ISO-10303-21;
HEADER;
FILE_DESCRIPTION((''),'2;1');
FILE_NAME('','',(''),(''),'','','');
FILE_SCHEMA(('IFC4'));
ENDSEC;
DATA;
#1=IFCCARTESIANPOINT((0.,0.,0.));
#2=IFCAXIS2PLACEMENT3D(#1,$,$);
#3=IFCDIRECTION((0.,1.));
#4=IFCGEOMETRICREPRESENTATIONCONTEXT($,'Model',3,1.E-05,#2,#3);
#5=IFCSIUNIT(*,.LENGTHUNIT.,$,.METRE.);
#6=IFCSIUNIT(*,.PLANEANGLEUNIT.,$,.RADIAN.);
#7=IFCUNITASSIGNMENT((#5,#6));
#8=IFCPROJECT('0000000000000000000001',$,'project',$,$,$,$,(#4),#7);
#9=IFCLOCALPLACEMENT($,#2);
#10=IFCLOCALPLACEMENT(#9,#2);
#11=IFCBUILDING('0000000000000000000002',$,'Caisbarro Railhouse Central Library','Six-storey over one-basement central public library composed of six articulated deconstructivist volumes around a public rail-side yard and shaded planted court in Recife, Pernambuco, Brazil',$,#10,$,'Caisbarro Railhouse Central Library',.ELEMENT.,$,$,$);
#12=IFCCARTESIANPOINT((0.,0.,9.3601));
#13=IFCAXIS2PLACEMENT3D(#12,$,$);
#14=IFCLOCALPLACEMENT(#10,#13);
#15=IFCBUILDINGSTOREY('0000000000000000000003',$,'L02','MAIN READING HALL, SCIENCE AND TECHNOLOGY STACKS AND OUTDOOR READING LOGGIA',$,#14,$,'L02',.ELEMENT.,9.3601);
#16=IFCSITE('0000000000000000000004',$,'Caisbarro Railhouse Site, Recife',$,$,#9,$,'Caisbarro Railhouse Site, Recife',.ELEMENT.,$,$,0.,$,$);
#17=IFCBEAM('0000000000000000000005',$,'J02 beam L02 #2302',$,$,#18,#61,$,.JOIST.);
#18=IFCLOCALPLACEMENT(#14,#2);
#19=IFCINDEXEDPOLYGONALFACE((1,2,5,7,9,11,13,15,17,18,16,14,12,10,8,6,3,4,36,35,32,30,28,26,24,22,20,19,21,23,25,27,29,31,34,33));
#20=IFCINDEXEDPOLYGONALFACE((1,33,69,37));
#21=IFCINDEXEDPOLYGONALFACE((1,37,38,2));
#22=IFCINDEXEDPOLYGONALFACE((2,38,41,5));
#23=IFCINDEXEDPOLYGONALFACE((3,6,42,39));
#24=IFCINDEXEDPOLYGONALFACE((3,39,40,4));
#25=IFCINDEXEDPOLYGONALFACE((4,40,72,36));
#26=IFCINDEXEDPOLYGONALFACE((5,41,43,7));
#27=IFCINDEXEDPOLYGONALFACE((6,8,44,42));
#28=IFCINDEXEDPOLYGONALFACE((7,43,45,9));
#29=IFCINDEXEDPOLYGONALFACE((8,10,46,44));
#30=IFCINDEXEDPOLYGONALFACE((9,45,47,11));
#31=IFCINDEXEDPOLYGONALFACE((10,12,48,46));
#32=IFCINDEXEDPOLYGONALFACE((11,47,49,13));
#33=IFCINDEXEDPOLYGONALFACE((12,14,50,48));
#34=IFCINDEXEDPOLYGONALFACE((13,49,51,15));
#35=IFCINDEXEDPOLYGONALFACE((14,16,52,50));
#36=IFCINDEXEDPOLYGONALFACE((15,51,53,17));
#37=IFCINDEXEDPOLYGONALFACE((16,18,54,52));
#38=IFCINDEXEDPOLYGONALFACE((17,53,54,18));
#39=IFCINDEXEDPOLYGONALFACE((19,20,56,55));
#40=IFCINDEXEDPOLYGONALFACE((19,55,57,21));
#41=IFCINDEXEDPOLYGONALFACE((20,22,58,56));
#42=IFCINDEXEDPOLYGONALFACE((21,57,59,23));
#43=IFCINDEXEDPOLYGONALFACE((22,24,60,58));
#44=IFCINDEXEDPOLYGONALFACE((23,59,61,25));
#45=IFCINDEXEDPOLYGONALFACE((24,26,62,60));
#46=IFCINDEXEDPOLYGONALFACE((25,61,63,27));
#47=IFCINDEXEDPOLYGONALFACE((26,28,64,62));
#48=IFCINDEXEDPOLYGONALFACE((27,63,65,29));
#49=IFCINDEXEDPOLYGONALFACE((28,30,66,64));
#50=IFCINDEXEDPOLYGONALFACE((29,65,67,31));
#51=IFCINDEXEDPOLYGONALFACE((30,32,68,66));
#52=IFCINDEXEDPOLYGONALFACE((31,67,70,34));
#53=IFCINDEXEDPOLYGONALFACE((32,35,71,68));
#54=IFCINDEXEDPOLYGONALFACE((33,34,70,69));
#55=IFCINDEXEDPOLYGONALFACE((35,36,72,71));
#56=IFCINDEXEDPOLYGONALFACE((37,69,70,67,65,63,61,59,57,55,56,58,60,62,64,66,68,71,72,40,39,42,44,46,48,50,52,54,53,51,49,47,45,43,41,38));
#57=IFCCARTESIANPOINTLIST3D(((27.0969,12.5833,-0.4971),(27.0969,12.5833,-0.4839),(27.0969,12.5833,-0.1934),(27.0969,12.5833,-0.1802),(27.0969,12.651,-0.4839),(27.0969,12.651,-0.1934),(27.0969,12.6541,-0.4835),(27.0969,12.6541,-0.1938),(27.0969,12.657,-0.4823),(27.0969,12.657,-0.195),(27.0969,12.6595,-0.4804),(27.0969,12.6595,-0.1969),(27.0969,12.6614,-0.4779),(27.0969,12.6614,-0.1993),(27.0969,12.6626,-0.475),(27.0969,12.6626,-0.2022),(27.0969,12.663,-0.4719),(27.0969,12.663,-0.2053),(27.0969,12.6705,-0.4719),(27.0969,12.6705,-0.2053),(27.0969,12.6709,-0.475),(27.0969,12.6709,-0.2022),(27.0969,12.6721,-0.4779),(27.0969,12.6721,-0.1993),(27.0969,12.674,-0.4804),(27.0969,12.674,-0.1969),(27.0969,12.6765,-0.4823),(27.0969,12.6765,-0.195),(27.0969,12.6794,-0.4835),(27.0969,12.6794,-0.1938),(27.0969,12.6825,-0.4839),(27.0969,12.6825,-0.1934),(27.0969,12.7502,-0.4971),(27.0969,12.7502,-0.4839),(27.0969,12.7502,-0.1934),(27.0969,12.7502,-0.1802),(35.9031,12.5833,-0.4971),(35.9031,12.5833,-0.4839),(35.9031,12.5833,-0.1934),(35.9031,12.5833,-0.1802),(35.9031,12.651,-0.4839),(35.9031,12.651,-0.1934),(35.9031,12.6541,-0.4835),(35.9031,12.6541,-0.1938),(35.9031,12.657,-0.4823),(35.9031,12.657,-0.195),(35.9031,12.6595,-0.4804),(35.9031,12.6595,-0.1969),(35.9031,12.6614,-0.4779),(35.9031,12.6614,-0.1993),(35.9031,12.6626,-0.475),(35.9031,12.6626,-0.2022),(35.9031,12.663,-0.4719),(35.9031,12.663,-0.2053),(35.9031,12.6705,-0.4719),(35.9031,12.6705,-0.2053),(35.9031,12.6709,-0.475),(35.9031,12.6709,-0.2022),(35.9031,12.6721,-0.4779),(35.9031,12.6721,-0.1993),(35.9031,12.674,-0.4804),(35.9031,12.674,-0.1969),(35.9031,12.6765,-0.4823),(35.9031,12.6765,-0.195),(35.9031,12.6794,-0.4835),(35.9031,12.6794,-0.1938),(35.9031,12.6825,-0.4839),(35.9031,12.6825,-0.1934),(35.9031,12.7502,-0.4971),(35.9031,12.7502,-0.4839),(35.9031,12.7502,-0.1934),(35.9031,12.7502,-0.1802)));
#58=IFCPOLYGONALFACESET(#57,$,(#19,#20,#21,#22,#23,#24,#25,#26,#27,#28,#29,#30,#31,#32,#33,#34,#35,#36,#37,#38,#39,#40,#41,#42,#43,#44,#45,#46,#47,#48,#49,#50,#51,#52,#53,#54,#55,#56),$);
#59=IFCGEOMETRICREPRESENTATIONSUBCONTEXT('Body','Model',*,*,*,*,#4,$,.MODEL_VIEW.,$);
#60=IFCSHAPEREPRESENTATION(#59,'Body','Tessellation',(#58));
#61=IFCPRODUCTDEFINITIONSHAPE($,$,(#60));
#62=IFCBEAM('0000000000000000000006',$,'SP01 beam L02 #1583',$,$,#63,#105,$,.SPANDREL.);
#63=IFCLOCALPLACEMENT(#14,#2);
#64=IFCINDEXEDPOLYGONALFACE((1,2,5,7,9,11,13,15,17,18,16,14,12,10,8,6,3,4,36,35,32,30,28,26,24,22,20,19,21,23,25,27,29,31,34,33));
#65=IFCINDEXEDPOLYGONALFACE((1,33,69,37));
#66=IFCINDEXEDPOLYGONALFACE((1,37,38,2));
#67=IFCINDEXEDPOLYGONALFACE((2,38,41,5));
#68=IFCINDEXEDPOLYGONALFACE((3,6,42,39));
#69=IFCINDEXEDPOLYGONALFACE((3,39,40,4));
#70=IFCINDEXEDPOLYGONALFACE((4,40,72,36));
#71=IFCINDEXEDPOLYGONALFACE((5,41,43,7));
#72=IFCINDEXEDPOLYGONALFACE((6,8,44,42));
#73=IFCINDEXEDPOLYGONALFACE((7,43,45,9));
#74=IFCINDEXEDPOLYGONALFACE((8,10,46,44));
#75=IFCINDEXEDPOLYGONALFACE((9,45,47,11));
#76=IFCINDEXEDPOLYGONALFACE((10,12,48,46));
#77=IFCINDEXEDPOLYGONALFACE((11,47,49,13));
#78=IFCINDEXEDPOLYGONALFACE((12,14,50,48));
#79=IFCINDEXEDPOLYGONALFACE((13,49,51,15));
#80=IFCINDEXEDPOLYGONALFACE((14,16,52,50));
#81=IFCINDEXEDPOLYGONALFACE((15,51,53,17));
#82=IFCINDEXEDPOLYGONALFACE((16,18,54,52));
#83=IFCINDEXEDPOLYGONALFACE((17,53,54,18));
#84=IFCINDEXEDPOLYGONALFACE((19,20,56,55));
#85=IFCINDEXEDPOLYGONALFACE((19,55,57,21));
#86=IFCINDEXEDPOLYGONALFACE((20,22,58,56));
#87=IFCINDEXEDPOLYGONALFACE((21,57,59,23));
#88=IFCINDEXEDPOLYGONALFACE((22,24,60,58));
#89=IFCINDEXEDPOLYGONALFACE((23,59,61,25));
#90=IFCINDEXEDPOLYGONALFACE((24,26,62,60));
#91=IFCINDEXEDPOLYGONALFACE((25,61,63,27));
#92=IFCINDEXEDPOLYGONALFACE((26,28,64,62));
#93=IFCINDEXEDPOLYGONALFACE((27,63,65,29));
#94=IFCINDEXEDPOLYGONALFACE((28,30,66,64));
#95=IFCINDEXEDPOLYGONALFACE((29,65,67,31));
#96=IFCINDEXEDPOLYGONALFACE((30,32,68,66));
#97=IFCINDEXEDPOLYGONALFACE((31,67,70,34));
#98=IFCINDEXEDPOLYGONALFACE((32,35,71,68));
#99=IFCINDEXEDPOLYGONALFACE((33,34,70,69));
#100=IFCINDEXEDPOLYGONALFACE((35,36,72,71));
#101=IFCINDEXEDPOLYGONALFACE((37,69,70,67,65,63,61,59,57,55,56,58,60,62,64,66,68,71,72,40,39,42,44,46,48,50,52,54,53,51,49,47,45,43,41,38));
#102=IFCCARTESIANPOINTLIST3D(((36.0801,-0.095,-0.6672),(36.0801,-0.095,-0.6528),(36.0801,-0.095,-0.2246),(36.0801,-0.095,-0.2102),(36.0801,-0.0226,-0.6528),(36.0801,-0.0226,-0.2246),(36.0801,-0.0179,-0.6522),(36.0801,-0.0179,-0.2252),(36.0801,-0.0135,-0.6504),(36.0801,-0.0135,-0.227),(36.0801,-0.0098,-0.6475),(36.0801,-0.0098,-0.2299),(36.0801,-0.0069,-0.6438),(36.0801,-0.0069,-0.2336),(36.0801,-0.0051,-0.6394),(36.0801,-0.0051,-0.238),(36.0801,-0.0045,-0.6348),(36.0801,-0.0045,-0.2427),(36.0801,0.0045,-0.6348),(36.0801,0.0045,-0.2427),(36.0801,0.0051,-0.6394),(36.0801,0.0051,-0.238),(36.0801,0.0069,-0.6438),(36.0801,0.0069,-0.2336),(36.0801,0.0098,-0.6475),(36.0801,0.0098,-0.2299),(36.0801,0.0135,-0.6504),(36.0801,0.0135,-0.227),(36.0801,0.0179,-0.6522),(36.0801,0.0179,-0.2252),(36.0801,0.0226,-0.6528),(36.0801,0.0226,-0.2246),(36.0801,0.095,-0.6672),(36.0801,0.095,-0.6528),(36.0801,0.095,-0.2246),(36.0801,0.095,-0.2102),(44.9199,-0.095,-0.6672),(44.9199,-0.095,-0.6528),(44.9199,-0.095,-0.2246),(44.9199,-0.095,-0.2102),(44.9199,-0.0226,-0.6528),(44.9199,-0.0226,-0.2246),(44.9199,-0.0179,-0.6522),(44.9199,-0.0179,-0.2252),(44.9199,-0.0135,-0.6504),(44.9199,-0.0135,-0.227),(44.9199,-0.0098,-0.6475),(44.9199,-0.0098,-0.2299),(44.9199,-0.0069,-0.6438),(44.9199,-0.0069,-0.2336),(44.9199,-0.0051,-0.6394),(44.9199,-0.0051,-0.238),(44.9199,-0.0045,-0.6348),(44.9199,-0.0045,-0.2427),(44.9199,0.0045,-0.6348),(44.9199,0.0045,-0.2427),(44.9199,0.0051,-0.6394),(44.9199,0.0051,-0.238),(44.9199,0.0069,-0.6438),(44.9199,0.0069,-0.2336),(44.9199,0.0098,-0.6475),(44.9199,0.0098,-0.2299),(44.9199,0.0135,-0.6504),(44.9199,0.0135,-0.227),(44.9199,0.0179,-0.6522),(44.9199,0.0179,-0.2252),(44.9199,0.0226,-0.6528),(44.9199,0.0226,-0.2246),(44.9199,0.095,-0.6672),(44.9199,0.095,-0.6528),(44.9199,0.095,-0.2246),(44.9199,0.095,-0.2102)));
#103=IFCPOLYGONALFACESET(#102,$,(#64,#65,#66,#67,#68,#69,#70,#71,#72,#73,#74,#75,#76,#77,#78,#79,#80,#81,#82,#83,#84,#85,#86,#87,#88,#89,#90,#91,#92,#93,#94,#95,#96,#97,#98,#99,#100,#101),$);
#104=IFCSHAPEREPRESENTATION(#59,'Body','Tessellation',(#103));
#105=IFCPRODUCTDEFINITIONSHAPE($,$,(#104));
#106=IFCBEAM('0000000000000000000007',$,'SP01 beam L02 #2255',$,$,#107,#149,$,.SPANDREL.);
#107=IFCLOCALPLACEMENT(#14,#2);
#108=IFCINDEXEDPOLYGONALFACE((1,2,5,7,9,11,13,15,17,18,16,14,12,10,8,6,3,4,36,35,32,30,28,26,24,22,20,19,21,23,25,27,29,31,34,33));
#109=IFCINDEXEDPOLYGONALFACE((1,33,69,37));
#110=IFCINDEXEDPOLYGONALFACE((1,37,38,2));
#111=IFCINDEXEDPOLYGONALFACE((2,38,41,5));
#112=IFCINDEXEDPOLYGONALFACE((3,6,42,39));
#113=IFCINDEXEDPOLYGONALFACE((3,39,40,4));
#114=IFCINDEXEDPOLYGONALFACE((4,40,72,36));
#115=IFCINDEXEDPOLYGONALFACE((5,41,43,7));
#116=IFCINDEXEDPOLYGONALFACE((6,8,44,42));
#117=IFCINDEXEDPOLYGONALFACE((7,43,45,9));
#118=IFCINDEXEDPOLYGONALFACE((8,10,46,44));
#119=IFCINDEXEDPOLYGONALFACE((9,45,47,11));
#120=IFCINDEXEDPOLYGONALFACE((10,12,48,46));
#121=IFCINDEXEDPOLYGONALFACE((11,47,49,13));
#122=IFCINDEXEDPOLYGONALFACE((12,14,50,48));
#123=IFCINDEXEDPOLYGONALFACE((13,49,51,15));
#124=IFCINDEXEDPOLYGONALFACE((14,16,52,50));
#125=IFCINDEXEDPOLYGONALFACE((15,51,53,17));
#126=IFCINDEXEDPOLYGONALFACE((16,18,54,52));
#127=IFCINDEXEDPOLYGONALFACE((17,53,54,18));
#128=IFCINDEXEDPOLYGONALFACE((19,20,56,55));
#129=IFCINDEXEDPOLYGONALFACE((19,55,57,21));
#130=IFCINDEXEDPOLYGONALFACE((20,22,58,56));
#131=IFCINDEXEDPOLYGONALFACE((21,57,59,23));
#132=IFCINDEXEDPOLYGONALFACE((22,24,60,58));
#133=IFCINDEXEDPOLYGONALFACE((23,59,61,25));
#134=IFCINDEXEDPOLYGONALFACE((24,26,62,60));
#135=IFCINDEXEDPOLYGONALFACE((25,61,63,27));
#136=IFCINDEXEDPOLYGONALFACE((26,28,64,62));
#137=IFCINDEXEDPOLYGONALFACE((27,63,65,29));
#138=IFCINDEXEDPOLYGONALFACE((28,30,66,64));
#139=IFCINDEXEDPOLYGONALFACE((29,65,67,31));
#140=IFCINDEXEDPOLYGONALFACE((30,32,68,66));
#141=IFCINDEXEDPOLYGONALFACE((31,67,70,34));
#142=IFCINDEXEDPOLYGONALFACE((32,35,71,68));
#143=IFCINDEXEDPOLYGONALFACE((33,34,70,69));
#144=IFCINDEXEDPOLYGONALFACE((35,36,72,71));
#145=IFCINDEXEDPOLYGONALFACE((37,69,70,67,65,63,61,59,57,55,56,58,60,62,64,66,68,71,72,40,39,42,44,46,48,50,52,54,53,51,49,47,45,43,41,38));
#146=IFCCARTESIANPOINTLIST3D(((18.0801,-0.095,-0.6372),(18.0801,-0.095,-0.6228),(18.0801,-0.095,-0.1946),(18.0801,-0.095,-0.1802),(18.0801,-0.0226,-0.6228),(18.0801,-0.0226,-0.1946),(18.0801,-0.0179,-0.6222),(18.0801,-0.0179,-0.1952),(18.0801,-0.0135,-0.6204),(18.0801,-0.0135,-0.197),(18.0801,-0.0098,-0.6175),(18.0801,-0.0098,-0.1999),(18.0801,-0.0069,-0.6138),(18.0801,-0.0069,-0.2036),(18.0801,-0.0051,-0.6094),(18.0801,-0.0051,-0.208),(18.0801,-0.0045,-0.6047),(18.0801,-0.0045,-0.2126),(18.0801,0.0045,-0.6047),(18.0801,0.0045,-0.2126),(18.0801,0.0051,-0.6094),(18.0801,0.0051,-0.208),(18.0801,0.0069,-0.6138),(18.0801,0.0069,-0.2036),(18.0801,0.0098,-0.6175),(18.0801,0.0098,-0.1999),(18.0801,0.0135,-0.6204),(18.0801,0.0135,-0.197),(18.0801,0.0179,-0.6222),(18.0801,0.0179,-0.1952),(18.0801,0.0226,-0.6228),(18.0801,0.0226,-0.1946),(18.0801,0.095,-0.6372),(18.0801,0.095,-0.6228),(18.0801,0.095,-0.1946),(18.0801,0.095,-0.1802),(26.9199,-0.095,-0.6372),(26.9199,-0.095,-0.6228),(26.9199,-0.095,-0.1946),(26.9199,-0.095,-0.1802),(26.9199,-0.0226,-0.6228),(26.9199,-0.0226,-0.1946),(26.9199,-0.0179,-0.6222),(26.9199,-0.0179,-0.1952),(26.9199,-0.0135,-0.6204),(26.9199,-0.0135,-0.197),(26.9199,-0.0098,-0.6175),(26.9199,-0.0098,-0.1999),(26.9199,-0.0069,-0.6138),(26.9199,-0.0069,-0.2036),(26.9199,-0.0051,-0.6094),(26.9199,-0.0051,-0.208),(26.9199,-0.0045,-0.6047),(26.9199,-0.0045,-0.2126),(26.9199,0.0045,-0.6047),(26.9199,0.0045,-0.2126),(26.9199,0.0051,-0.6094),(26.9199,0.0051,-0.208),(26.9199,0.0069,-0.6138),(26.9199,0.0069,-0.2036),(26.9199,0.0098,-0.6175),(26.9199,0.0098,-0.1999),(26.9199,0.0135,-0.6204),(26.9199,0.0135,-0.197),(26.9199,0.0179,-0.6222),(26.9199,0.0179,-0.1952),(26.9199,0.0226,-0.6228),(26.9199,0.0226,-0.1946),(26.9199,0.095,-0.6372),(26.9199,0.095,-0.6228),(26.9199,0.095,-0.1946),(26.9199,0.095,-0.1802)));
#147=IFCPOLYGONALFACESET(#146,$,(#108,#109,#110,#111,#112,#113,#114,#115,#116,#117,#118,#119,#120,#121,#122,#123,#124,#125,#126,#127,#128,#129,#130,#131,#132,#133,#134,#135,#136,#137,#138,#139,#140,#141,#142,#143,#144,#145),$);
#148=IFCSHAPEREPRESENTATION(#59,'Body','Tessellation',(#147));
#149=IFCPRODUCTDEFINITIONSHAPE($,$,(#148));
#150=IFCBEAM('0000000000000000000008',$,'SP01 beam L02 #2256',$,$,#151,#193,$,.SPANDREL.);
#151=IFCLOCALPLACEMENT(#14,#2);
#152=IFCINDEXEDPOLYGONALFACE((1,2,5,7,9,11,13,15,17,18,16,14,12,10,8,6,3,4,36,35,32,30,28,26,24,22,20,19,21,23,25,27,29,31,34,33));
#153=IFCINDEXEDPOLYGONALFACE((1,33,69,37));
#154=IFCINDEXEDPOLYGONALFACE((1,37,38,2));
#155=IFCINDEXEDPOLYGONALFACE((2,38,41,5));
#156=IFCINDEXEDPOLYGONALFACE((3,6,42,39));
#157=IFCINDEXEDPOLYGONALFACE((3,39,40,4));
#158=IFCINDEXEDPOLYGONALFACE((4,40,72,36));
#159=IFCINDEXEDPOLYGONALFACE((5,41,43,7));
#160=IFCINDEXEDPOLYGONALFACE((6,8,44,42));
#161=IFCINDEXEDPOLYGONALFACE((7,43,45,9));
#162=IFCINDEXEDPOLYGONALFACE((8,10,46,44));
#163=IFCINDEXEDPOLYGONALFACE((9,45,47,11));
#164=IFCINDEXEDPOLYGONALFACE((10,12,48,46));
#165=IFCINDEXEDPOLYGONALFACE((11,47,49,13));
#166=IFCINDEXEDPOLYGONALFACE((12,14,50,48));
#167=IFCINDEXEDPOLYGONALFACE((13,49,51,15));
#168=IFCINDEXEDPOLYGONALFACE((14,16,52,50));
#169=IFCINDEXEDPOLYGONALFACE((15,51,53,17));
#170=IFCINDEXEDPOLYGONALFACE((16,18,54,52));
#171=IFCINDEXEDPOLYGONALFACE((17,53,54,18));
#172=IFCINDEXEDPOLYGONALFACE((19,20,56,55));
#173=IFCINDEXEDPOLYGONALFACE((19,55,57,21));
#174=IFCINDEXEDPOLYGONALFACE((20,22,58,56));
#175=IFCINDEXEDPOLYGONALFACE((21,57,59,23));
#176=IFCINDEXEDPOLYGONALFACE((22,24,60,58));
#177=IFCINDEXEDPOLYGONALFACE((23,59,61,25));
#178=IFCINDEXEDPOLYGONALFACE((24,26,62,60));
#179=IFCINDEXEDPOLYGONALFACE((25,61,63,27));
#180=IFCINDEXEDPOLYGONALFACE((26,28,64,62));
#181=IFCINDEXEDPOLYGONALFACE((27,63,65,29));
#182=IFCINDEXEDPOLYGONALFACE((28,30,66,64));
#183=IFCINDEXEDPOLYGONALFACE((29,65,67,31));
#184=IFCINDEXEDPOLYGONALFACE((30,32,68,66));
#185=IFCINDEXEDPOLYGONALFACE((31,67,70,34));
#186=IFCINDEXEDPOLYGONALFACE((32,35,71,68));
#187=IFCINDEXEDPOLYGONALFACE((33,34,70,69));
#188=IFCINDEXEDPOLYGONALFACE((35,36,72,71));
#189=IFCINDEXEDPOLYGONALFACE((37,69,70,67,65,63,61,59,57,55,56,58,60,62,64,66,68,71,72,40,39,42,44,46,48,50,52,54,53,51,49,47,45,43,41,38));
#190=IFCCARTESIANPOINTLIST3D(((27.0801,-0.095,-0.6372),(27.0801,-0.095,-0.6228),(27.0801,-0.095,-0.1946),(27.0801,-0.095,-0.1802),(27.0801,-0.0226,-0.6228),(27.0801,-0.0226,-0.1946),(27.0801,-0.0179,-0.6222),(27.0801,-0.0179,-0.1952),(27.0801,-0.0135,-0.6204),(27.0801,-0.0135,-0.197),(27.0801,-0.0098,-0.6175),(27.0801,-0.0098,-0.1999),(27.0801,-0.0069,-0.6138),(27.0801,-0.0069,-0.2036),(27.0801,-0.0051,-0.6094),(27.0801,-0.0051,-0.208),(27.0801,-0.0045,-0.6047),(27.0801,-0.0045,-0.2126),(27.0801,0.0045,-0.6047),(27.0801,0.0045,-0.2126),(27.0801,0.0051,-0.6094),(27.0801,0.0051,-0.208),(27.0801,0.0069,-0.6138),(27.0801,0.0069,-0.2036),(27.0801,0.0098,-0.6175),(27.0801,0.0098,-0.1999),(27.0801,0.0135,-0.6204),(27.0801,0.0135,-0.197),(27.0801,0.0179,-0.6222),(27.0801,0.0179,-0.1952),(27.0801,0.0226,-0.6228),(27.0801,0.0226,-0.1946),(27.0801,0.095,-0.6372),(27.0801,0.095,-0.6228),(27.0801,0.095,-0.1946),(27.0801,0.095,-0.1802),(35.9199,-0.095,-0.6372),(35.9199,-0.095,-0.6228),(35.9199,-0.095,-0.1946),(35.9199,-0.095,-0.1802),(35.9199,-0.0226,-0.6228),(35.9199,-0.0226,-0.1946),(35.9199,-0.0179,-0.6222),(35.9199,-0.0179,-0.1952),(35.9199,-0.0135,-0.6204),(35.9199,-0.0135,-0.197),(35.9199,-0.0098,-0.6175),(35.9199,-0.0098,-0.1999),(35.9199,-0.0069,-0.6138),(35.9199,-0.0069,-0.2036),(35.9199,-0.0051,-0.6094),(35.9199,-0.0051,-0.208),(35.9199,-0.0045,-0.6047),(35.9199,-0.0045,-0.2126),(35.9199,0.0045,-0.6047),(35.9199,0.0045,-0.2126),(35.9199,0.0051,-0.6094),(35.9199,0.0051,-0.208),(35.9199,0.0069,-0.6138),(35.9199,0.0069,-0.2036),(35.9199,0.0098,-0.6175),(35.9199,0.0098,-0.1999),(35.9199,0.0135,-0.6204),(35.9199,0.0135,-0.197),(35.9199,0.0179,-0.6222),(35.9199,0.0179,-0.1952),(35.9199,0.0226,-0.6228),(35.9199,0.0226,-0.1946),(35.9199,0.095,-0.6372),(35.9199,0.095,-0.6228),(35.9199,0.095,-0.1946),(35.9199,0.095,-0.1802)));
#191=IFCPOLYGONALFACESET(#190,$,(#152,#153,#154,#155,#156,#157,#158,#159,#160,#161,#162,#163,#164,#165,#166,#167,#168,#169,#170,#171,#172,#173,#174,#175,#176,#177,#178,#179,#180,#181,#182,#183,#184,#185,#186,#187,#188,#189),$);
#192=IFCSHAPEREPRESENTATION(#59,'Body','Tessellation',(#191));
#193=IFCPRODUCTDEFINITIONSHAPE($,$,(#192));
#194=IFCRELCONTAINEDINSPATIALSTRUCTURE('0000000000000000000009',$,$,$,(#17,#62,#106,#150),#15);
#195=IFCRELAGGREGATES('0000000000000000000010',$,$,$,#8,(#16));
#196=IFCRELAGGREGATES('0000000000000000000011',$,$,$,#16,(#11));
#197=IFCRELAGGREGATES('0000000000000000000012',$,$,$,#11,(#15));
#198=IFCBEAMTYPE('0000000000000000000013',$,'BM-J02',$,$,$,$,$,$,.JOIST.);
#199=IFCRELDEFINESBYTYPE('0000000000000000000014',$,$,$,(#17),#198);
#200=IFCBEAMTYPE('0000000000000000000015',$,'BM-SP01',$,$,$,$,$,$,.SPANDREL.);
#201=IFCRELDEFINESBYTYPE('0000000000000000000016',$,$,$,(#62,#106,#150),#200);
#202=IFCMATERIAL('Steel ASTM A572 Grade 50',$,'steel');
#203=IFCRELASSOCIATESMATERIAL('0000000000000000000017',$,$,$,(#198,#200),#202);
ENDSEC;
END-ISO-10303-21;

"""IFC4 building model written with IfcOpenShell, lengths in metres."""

from ifc_helpers import new_model, si_unit, direction, frame, origin, origin_2d, place, context, subcontext, project, spatial, i_section, extrude, material, material_profile, profile_set, type_object, element, save


model = new_model("IFC4")

# Units and contexts
model_context = context("Model", 3, precision=1e-05, world=origin(), true_north=direction((0.0, 1.0)))
body_context = subcontext(model_context, "Body", "Model", "MODEL_VIEW")
ifc_project = project(units=[si_unit("LENGTHUNIT", "METRE"), si_unit("PLANEANGLEUNIT", "RADIAN")], contexts=[model_context])

# Site, building, storey
site_placement = place(None, origin())
site = spatial("IfcSite", under=ifc_project, at=site_placement, Name="Caisbarro Railhouse Site, Recife", LongName="Caisbarro Railhouse Site, Recife", CompositionType="ELEMENT", RefElevation=0.0)
building_placement = place(site_placement, origin())
building = spatial("IfcBuilding", under=site, at=building_placement, Name="Caisbarro Railhouse Central Library", Description="Six-storey over one-basement central public library composed of six articulated deconstructivist volumes around a public rail-side yard and shaded planted court in Recife, Pernambuco, Brazil", LongName="Caisbarro Railhouse Central Library", CompositionType="ELEMENT")
storey_placement = place(building_placement, frame((0.0, 0.0, 9.3601)))
storey = spatial("IfcBuildingStorey", under=building, at=storey_placement, Name="L02", Description="MAIN READING HALL, SCIENCE AND TECHNOLOGY STACKS AND OUTDOOR READING LOGGIA", LongName="L02", CompositionType="ELEMENT", Elevation=9.3601)

# Beams
ifc_material_1 = material(Name="Steel ASTM A572 Grade 50", Category="steel")
ifc_material_profile_1 = material_profile(ifc_material_1, i_section(OverallWidth=0.167, OverallDepth=0.3169, WebThickness=0.0076, FlangeThickness=0.0132, FilletRadius=0.012, at=origin_2d()), Name="W310X52.0")
ifc_profile_set_1 = profile_set([ifc_material_profile_1], Name="Steel ASTM A572 Grade 50")
beam_type_1 = type_object("IfcBeamType", Name="BM-J02", PredefinedType="JOIST", material=ifc_profile_set_1)
for number, where, z_axis, x_axis, name in (
    (1, (27.0969, 12.6667, -0.3386), (1.0, 0.0, 0.0), (0.0, 1.0, 0.0), "J02 beam L02 #2302"),
):
    element("IfcBeam", number, at=place(storey_placement, frame(where, z_axis=z_axis, x_axis=x_axis)), inside=storey, type_object=beam_type_1, Name=name, PredefinedType="JOIST", context=body_context, shape_type="SweptSolid", body=[
        extrude(i_section(OverallWidth=0.167, OverallDepth=0.3169, WebThickness=0.0076, FlangeThickness=0.0132, FilletRadius=0.012, at=origin_2d()), origin(), (0.0, 0.0, 1.0), 8.8062),
    ])
ifc_material_profile_2 = material_profile(ifc_material_1, i_section(OverallWidth=0.1899, OverallDepth=0.457, WebThickness=0.009, FlangeThickness=0.0144, FilletRadius=0.0181, at=origin_2d()), Name="W460X74.0")
ifc_profile_set_2 = profile_set([ifc_material_profile_2], Name="Steel ASTM A572 Grade 50")
beam_type_2 = type_object("IfcBeamType", Name="BM-SP01", PredefinedType="SPANDREL", material=ifc_profile_set_2)
for number, where, z_axis, x_axis, name in (
    (2, (36.0801, 0.0, -0.4387), (1.0, 0.0, 0.0), (0.0, 1.0, 0.0), "SP01 beam L02 #1583"),
    (3, (18.0801, 0.0, -0.4087), (1.0, 0.0, 0.0), (0.0, 1.0, 0.0), "SP01 beam L02 #2255"),
    (4, (27.0801, 0.0, -0.4087), (1.0, 0.0, 0.0), (0.0, 1.0, 0.0), "SP01 beam L02 #2256"),
):
    element("IfcBeam", number, at=place(storey_placement, frame(where, z_axis=z_axis, x_axis=x_axis)), inside=storey, type_object=beam_type_2, Name=name, PredefinedType="SPANDREL", context=body_context, shape_type="SweptSolid", body=[
        extrude(i_section(OverallWidth=0.1899, OverallDepth=0.457, WebThickness=0.009, FlangeThickness=0.0144, FilletRadius=0.0181, at=origin_2d()), origin(), (0.0, 0.0, 1.0), 8.8398),
    ])

save(model, "model.ifc")
